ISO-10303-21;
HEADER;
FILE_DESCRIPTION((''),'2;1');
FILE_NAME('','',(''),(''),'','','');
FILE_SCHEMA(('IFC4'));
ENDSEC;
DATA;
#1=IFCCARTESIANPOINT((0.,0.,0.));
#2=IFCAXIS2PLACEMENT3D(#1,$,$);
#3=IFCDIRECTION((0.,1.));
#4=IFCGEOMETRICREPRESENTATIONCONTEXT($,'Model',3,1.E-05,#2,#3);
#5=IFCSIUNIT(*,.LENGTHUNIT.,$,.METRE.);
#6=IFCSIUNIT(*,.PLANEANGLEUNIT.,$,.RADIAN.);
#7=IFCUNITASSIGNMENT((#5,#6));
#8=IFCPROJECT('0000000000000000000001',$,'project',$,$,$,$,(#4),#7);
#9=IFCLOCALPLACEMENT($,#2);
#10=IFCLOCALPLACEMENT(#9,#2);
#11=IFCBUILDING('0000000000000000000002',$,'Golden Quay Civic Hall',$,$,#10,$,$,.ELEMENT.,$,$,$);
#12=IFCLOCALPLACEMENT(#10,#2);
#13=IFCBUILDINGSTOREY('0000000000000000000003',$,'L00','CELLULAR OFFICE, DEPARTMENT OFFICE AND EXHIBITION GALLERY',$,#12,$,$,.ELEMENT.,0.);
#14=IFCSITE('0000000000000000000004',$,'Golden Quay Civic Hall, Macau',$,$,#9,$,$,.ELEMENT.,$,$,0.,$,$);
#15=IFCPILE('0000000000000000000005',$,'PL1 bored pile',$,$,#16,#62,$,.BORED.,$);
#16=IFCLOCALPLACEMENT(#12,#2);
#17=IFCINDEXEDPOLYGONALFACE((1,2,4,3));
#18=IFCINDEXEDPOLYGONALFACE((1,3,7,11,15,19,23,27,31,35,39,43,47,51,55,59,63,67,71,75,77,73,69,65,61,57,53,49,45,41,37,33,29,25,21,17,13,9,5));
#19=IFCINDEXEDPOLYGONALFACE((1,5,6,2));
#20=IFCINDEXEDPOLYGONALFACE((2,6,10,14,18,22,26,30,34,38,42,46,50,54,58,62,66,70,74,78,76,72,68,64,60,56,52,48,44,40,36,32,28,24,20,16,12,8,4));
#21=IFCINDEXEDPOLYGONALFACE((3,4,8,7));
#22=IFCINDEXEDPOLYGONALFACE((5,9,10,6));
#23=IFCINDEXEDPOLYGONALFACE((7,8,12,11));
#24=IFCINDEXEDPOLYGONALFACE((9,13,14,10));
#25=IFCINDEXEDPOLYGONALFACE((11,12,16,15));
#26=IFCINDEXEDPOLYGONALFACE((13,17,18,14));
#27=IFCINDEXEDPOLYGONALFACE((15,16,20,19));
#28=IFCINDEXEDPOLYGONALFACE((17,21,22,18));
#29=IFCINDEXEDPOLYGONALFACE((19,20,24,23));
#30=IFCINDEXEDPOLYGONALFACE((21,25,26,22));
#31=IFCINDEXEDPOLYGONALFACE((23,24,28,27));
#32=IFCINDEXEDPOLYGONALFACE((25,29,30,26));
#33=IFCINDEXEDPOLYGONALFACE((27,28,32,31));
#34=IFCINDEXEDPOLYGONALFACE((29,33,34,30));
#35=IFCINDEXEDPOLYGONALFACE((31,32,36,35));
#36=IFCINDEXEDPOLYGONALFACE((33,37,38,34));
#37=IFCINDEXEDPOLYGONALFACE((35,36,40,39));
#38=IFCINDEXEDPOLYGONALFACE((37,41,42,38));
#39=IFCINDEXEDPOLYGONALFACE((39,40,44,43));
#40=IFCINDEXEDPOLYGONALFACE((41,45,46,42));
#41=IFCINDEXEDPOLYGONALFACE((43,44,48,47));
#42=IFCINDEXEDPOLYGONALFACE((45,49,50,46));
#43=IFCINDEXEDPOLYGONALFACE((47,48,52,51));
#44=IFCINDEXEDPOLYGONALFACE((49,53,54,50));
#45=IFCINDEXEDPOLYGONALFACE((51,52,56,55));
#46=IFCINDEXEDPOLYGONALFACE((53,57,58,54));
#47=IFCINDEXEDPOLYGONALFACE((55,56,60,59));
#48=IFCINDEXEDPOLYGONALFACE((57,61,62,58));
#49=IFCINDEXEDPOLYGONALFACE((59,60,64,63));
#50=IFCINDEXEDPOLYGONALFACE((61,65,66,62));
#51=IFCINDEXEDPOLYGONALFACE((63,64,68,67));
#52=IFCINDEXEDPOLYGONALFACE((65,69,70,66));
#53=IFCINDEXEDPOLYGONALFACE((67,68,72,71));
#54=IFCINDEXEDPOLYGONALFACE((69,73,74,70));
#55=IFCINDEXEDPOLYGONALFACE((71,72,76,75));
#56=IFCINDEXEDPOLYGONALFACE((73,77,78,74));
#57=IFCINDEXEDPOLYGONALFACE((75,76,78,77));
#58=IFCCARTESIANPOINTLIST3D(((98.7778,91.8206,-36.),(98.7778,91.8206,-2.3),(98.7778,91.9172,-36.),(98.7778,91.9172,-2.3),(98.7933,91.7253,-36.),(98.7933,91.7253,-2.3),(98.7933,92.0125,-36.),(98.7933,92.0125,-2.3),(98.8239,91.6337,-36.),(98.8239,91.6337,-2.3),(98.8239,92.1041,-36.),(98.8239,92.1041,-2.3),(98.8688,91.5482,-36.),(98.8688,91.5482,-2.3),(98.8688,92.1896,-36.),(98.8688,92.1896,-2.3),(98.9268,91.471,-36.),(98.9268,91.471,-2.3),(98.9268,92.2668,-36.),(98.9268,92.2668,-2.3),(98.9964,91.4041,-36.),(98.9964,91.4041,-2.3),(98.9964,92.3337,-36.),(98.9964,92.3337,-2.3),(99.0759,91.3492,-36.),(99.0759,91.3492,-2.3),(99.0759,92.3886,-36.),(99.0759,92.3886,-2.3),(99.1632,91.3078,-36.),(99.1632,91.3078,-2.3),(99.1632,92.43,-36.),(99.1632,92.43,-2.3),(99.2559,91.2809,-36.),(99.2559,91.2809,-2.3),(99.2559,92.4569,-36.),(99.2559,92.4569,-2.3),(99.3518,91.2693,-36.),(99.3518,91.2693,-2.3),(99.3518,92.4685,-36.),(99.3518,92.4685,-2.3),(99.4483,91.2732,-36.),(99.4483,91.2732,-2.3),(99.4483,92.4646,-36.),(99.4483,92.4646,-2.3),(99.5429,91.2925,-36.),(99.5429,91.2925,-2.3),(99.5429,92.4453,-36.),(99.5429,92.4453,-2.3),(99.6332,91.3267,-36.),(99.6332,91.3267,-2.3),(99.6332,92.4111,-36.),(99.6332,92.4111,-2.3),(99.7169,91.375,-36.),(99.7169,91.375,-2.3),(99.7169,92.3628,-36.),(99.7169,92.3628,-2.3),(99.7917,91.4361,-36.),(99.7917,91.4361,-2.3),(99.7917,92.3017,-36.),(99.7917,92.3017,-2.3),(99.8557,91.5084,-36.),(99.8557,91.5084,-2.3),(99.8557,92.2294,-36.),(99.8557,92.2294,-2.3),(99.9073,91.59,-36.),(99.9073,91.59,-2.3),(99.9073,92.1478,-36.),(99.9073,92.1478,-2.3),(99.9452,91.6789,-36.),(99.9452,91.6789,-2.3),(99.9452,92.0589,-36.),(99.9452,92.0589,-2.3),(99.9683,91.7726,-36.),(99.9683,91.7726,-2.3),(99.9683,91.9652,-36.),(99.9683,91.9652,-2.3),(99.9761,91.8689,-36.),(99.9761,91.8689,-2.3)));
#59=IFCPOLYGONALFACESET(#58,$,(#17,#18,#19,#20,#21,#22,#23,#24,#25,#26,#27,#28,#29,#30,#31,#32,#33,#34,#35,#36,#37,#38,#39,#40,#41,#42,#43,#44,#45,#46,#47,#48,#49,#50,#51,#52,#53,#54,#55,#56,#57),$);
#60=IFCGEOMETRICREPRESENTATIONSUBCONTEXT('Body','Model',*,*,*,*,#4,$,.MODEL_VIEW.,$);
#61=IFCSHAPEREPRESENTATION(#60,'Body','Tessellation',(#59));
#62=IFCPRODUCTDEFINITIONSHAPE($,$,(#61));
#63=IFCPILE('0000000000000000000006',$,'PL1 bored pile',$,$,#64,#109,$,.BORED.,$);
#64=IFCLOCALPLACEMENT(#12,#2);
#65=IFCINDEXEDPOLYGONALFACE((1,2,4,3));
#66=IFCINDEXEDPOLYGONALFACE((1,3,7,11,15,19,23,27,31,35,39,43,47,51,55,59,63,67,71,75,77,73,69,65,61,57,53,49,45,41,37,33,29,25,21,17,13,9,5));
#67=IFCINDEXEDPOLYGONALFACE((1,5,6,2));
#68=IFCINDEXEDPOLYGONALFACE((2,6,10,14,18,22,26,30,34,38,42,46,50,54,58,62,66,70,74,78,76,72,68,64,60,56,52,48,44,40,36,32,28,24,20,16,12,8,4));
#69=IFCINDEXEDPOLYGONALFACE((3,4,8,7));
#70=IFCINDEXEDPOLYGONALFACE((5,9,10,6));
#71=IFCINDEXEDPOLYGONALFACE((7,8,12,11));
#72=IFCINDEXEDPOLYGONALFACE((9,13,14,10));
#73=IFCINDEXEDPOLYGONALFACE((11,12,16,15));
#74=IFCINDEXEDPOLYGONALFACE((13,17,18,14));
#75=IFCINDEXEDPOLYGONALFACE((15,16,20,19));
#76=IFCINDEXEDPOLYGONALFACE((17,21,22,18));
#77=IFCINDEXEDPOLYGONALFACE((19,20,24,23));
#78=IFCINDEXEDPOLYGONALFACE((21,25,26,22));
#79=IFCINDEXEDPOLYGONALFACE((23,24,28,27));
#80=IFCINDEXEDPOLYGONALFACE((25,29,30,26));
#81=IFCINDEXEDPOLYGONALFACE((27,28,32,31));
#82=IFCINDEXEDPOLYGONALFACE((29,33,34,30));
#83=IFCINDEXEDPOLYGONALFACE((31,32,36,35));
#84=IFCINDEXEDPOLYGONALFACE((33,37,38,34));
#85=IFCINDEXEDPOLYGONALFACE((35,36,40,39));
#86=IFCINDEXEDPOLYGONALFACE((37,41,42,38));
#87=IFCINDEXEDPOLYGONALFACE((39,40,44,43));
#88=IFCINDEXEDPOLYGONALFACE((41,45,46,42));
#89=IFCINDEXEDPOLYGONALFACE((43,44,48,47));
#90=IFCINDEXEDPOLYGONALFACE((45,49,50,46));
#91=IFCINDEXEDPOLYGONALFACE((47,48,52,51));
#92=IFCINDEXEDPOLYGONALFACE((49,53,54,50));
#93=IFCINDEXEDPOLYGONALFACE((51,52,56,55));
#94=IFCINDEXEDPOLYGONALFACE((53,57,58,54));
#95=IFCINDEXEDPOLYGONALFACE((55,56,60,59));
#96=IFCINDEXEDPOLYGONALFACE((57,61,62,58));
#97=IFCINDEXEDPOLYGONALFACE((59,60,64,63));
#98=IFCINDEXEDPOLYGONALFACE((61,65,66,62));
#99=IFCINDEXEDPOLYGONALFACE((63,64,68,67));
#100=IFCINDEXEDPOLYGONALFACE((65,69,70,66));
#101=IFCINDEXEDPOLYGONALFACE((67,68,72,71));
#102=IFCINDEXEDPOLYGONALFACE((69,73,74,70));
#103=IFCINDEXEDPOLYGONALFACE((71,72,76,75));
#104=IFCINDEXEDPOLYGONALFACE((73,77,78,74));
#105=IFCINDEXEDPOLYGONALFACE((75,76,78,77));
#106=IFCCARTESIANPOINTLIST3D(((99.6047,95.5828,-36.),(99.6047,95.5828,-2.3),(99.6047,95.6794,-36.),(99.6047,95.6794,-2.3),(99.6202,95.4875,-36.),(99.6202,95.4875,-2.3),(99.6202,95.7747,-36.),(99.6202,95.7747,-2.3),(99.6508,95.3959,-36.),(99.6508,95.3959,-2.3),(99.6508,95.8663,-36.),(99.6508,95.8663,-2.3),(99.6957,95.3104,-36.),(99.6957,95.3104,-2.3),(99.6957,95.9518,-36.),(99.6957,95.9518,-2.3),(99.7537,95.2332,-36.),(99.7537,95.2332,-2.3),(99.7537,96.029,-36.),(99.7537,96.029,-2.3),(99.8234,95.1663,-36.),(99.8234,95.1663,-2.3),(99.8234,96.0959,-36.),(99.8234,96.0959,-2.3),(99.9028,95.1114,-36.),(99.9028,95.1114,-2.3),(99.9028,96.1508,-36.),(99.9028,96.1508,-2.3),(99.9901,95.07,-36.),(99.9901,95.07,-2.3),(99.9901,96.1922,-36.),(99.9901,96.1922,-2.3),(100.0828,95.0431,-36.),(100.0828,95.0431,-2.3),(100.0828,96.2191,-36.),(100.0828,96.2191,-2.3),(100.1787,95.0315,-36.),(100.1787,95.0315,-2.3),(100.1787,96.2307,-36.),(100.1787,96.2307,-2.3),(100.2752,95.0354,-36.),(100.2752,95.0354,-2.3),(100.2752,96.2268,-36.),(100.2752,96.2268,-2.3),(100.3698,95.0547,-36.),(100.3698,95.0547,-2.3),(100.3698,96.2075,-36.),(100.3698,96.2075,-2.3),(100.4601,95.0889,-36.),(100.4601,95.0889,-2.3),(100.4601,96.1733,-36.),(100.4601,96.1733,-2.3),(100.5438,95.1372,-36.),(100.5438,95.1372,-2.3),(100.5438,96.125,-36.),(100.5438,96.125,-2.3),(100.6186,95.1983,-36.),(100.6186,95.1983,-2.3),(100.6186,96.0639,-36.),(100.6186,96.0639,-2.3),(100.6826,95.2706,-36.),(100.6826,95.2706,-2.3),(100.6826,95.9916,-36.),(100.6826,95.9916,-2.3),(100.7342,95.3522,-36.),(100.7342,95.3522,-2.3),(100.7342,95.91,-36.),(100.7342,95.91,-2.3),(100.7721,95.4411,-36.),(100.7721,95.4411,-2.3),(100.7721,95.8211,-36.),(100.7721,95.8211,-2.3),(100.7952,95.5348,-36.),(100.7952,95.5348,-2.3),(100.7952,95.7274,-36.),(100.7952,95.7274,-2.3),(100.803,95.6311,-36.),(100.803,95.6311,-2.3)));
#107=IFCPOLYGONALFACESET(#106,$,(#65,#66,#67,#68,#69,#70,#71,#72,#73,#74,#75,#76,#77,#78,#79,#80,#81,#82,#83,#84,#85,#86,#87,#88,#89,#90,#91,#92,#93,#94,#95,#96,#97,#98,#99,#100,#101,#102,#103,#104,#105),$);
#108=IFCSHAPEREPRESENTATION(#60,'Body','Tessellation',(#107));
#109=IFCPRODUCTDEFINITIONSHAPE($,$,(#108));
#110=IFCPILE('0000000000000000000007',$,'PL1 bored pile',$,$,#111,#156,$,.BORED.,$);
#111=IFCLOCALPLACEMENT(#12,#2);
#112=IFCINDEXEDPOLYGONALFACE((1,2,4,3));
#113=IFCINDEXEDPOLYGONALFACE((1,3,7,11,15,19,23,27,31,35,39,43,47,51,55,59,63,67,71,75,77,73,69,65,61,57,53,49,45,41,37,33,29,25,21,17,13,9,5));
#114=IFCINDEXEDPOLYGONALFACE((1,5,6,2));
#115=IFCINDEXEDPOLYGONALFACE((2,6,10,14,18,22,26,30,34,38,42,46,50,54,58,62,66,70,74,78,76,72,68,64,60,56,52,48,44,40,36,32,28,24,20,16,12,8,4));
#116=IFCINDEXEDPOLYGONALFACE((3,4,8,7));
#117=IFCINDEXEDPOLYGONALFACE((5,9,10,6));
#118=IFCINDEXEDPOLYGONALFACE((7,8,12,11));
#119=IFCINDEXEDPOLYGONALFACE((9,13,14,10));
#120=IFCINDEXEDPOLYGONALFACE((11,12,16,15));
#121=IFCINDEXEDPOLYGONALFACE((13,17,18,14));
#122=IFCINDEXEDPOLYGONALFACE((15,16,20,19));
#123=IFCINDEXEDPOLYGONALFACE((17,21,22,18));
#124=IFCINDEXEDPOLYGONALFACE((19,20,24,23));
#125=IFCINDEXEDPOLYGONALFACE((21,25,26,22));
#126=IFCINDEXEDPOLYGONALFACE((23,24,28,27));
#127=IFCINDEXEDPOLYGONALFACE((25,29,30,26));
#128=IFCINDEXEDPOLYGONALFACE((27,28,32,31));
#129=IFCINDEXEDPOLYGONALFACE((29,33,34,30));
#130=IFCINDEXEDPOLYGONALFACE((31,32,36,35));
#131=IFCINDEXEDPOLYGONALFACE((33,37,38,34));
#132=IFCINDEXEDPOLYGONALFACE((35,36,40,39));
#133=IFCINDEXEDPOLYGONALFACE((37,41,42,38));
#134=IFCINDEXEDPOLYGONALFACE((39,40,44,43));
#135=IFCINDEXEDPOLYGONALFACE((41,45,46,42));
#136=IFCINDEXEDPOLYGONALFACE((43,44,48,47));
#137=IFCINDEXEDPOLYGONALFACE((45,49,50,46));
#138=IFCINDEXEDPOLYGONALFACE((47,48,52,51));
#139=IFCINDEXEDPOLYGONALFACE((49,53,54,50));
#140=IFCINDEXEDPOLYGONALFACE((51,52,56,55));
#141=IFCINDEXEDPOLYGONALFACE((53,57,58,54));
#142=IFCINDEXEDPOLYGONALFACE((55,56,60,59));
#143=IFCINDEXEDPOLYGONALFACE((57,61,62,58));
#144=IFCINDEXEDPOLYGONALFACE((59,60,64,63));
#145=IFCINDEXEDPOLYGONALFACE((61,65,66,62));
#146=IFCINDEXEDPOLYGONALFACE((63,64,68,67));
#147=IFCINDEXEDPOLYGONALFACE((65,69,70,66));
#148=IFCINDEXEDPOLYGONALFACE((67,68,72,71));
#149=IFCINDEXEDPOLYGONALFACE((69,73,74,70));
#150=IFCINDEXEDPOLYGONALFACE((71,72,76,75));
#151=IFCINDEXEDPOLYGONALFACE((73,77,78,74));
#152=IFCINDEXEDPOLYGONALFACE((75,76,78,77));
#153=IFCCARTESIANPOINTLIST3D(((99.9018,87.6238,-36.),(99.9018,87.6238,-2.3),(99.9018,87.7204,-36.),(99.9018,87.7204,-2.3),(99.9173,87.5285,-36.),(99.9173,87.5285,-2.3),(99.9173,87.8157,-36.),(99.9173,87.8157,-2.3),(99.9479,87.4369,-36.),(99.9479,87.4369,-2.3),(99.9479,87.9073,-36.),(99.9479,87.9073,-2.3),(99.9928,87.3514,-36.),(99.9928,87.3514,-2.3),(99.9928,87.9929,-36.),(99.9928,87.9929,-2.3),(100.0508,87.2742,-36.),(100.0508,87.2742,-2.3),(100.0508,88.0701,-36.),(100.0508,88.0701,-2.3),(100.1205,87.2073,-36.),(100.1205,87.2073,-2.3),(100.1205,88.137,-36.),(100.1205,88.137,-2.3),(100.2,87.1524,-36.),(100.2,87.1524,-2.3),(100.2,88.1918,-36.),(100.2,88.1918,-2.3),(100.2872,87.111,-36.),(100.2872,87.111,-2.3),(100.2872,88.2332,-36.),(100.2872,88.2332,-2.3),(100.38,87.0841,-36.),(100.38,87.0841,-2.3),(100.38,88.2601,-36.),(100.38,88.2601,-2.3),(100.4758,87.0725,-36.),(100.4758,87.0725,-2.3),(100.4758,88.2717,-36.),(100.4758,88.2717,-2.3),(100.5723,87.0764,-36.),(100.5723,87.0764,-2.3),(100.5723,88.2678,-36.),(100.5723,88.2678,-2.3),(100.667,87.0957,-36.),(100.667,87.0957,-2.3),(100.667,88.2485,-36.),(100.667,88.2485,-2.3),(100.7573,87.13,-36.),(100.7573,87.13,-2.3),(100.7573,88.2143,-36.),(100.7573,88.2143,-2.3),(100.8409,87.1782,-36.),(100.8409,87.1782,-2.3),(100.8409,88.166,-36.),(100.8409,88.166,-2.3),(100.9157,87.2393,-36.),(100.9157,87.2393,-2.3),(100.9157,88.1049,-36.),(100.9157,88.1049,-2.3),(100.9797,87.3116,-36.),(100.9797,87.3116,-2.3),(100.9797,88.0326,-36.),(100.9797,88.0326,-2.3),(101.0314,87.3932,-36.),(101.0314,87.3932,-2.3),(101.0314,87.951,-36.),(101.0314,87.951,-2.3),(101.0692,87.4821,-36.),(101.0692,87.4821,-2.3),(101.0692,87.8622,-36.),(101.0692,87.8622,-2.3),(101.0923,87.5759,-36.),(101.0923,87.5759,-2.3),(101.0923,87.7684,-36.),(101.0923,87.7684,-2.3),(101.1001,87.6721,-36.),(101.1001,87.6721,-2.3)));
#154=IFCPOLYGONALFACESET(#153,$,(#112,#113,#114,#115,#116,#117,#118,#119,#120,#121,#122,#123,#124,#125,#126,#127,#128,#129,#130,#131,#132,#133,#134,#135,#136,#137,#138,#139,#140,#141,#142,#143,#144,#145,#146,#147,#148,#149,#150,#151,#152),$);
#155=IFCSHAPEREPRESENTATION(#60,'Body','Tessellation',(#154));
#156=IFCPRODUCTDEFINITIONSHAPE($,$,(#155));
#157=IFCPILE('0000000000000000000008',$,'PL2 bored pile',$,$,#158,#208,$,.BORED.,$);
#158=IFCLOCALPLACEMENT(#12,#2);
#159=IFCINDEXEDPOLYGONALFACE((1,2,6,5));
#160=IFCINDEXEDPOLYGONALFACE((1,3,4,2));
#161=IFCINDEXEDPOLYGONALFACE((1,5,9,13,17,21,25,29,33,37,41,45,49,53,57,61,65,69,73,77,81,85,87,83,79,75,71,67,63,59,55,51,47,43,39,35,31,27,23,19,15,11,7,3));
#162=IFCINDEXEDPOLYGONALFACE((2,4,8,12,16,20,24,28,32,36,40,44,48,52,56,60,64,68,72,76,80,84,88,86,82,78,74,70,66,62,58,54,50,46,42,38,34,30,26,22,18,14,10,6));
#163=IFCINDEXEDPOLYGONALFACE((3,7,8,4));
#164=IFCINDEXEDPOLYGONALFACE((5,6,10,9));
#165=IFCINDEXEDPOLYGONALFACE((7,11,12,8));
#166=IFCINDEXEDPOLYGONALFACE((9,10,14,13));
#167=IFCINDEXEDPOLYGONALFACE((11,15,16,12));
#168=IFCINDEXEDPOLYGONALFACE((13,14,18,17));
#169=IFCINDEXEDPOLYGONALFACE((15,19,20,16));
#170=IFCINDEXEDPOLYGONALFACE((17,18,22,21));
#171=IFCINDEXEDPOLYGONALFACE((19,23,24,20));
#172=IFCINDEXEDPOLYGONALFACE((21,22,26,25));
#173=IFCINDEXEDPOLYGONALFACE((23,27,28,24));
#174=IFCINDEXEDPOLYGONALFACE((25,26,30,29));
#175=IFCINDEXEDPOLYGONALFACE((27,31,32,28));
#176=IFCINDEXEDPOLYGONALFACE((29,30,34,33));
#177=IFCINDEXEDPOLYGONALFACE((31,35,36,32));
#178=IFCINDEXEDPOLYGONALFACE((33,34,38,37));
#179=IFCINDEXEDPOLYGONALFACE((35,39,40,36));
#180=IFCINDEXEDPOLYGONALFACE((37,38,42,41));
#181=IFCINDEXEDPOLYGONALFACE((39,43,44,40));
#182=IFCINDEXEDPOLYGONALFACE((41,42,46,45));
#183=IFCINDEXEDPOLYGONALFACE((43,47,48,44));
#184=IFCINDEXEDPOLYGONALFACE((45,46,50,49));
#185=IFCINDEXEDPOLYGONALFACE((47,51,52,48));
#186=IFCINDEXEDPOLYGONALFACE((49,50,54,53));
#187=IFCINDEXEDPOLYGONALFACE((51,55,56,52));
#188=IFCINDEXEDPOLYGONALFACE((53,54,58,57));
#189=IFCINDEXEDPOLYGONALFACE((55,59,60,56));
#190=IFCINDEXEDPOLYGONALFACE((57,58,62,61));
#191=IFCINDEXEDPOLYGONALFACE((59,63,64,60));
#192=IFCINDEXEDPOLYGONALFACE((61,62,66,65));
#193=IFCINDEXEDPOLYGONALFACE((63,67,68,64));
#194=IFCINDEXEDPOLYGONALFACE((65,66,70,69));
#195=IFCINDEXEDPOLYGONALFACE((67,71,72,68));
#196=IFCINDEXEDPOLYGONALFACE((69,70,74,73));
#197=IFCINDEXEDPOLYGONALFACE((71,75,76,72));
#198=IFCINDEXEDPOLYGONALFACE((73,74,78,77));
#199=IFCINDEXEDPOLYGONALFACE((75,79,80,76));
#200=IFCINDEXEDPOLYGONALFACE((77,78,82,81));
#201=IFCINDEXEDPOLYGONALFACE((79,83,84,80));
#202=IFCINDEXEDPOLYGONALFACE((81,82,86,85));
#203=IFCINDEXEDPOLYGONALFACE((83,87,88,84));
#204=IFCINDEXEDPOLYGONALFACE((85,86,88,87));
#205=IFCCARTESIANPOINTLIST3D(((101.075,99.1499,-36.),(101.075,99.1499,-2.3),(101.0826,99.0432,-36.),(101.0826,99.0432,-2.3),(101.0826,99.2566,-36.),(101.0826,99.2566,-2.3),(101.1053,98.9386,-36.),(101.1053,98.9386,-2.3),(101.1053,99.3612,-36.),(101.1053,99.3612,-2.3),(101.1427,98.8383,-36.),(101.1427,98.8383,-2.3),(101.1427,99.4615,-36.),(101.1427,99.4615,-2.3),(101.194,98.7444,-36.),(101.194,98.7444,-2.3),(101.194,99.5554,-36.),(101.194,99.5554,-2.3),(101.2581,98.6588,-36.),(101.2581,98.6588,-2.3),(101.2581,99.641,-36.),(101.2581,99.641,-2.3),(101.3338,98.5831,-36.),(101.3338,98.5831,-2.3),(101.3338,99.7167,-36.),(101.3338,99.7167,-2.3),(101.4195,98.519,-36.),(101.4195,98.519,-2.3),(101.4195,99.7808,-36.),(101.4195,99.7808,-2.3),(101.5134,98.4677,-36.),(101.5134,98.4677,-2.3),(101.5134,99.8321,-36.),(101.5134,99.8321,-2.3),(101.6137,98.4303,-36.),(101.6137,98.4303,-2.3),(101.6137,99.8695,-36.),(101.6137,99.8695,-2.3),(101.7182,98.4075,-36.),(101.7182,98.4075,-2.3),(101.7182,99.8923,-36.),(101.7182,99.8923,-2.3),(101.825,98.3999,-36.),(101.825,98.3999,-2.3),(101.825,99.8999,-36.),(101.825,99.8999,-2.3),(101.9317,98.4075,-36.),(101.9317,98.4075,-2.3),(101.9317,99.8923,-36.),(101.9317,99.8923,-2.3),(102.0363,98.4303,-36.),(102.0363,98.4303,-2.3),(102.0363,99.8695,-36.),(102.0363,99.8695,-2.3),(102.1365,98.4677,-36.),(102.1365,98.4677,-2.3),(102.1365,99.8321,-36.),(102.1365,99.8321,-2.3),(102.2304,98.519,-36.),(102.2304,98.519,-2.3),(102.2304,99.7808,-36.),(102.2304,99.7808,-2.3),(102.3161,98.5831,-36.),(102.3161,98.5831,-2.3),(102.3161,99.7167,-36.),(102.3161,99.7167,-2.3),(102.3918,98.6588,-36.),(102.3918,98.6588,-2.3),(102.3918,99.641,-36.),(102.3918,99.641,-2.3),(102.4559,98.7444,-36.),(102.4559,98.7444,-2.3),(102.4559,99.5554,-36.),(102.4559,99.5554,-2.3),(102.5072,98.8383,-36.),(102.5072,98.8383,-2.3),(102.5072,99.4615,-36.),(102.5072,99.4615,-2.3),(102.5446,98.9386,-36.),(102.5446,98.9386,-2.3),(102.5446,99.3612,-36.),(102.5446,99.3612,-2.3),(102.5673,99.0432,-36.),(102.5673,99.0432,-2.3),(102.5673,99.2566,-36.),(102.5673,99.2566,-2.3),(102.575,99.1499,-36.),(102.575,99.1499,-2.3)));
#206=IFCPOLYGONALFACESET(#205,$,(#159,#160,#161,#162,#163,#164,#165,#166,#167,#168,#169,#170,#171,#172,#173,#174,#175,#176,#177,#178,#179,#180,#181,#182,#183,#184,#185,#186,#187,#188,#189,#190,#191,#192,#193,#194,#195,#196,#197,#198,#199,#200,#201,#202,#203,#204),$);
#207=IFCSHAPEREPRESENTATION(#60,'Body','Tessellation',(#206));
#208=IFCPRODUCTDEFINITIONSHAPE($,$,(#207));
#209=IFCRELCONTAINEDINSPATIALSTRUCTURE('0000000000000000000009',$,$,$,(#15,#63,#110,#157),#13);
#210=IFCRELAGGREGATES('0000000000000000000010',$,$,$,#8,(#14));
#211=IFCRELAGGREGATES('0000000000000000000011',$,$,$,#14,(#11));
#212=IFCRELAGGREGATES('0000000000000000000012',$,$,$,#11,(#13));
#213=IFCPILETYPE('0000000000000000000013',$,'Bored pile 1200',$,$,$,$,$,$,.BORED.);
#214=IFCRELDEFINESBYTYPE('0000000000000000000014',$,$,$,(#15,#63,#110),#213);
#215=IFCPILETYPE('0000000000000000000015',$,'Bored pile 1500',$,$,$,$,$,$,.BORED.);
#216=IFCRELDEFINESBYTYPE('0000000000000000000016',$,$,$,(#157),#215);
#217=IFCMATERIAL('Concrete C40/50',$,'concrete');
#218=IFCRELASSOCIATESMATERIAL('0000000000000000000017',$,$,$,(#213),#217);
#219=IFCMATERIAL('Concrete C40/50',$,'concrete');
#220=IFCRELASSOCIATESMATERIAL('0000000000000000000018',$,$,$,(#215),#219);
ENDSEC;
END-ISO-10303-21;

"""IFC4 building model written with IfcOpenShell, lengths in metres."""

from ifc_helpers import new_model, si_unit, direction, frame, origin, origin_2d, place, context, subcontext, project, spatial, circle, extrude, material, material_profile, profile_set, type_object, element, save


model = new_model("IFC4")

# Units and contexts
model_context = context("Model", 3, precision=1e-05, world=origin(), true_north=direction((0.0, 1.0)))
body_context = subcontext(model_context, "Body", "Model", "MODEL_VIEW")
ifc_project = project(units=[si_unit("LENGTHUNIT", "METRE"), si_unit("PLANEANGLEUNIT", "RADIAN")], contexts=[model_context])

# Site, building, storey
site_placement = place(None, origin())
site = spatial("IfcSite", under=ifc_project, at=site_placement, Name="Golden Quay Civic Hall, Macau", CompositionType="ELEMENT", RefElevation=0.0)
building_placement = place(site_placement, origin())
building = spatial("IfcBuilding", under=site, at=building_placement, Name="Golden Quay Civic Hall", CompositionType="ELEMENT")
storey_placement = place(building_placement, origin())
storey = spatial("IfcBuildingStorey", under=building, at=storey_placement, Name="L00", Description="CELLULAR OFFICE, DEPARTMENT OFFICE AND EXHIBITION GALLERY", CompositionType="ELEMENT", Elevation=0.0)

# Piles
ifc_material_1 = material(Name="Concrete C40/50", Category="concrete")
ifc_material_profile_1 = material_profile(ifc_material_1, circle(Radius=0.6001, at=origin_2d()), Name="RC D1200")
ifc_profile_set_1 = profile_set([ifc_material_profile_1], Name="Concrete C40/50")
pile_type_1 = type_object("IfcPileType", Name="Bored pile 1200", PredefinedType="BORED", material=ifc_profile_set_1)
for number, where, z_axis, x_axis, name in (
    (1, (99.376, 91.8689, -2.3), (0.0, 0.0, -1.0), (1.0, 0.0, 0.0), "PL1 bored pile"),
    (2, (100.2029, 95.6311, -2.3), (0.0, 0.0, -1.0), (1.0, 0.0, 0.0), "PL1 bored pile"),
    (3, (100.5, 87.6721, -2.3), (0.0, 0.0, -1.0), (1.0, 0.0, 0.0), "PL1 bored pile"),
):
    element("IfcPile", number, at=place(storey_placement, frame(where, z_axis=z_axis, x_axis=x_axis)), inside=storey, type_object=pile_type_1, Name=name, PredefinedType="BORED", context=body_context, shape_type="SweptSolid", body=[
        extrude(circle(Radius=0.6001, at=origin_2d()), origin(), (0.0, 0.0, 1.0), 33.7),
    ])
ifc_material_2 = material(Name="Concrete C40/50", Category="concrete")
ifc_material_profile_2 = material_profile(ifc_material_2, circle(Radius=0.75, at=origin_2d()), Name="RC D1500")
ifc_profile_set_2 = profile_set([ifc_material_profile_2], Name="Concrete C40/50")
pile_type_2 = type_object("IfcPileType", Name="Bored pile 1500", PredefinedType="BORED", material=ifc_profile_set_2)
pile_placement = place(storey_placement, frame((101.825, 99.1499, -2.3), z_axis=(0.0, 0.0, -1.0), x_axis=(1.0, 0.0, 0.0)))
element("IfcPile", 4, at=pile_placement, inside=storey, type_object=pile_type_2, Name="PL2 bored pile", PredefinedType="BORED", context=body_context, shape_type="SweptSolid", body=[
    extrude(circle(Radius=0.75, at=origin_2d()), origin(), (0.0, 0.0, 1.0), 33.7),
])

save(model, "model.ifc")
